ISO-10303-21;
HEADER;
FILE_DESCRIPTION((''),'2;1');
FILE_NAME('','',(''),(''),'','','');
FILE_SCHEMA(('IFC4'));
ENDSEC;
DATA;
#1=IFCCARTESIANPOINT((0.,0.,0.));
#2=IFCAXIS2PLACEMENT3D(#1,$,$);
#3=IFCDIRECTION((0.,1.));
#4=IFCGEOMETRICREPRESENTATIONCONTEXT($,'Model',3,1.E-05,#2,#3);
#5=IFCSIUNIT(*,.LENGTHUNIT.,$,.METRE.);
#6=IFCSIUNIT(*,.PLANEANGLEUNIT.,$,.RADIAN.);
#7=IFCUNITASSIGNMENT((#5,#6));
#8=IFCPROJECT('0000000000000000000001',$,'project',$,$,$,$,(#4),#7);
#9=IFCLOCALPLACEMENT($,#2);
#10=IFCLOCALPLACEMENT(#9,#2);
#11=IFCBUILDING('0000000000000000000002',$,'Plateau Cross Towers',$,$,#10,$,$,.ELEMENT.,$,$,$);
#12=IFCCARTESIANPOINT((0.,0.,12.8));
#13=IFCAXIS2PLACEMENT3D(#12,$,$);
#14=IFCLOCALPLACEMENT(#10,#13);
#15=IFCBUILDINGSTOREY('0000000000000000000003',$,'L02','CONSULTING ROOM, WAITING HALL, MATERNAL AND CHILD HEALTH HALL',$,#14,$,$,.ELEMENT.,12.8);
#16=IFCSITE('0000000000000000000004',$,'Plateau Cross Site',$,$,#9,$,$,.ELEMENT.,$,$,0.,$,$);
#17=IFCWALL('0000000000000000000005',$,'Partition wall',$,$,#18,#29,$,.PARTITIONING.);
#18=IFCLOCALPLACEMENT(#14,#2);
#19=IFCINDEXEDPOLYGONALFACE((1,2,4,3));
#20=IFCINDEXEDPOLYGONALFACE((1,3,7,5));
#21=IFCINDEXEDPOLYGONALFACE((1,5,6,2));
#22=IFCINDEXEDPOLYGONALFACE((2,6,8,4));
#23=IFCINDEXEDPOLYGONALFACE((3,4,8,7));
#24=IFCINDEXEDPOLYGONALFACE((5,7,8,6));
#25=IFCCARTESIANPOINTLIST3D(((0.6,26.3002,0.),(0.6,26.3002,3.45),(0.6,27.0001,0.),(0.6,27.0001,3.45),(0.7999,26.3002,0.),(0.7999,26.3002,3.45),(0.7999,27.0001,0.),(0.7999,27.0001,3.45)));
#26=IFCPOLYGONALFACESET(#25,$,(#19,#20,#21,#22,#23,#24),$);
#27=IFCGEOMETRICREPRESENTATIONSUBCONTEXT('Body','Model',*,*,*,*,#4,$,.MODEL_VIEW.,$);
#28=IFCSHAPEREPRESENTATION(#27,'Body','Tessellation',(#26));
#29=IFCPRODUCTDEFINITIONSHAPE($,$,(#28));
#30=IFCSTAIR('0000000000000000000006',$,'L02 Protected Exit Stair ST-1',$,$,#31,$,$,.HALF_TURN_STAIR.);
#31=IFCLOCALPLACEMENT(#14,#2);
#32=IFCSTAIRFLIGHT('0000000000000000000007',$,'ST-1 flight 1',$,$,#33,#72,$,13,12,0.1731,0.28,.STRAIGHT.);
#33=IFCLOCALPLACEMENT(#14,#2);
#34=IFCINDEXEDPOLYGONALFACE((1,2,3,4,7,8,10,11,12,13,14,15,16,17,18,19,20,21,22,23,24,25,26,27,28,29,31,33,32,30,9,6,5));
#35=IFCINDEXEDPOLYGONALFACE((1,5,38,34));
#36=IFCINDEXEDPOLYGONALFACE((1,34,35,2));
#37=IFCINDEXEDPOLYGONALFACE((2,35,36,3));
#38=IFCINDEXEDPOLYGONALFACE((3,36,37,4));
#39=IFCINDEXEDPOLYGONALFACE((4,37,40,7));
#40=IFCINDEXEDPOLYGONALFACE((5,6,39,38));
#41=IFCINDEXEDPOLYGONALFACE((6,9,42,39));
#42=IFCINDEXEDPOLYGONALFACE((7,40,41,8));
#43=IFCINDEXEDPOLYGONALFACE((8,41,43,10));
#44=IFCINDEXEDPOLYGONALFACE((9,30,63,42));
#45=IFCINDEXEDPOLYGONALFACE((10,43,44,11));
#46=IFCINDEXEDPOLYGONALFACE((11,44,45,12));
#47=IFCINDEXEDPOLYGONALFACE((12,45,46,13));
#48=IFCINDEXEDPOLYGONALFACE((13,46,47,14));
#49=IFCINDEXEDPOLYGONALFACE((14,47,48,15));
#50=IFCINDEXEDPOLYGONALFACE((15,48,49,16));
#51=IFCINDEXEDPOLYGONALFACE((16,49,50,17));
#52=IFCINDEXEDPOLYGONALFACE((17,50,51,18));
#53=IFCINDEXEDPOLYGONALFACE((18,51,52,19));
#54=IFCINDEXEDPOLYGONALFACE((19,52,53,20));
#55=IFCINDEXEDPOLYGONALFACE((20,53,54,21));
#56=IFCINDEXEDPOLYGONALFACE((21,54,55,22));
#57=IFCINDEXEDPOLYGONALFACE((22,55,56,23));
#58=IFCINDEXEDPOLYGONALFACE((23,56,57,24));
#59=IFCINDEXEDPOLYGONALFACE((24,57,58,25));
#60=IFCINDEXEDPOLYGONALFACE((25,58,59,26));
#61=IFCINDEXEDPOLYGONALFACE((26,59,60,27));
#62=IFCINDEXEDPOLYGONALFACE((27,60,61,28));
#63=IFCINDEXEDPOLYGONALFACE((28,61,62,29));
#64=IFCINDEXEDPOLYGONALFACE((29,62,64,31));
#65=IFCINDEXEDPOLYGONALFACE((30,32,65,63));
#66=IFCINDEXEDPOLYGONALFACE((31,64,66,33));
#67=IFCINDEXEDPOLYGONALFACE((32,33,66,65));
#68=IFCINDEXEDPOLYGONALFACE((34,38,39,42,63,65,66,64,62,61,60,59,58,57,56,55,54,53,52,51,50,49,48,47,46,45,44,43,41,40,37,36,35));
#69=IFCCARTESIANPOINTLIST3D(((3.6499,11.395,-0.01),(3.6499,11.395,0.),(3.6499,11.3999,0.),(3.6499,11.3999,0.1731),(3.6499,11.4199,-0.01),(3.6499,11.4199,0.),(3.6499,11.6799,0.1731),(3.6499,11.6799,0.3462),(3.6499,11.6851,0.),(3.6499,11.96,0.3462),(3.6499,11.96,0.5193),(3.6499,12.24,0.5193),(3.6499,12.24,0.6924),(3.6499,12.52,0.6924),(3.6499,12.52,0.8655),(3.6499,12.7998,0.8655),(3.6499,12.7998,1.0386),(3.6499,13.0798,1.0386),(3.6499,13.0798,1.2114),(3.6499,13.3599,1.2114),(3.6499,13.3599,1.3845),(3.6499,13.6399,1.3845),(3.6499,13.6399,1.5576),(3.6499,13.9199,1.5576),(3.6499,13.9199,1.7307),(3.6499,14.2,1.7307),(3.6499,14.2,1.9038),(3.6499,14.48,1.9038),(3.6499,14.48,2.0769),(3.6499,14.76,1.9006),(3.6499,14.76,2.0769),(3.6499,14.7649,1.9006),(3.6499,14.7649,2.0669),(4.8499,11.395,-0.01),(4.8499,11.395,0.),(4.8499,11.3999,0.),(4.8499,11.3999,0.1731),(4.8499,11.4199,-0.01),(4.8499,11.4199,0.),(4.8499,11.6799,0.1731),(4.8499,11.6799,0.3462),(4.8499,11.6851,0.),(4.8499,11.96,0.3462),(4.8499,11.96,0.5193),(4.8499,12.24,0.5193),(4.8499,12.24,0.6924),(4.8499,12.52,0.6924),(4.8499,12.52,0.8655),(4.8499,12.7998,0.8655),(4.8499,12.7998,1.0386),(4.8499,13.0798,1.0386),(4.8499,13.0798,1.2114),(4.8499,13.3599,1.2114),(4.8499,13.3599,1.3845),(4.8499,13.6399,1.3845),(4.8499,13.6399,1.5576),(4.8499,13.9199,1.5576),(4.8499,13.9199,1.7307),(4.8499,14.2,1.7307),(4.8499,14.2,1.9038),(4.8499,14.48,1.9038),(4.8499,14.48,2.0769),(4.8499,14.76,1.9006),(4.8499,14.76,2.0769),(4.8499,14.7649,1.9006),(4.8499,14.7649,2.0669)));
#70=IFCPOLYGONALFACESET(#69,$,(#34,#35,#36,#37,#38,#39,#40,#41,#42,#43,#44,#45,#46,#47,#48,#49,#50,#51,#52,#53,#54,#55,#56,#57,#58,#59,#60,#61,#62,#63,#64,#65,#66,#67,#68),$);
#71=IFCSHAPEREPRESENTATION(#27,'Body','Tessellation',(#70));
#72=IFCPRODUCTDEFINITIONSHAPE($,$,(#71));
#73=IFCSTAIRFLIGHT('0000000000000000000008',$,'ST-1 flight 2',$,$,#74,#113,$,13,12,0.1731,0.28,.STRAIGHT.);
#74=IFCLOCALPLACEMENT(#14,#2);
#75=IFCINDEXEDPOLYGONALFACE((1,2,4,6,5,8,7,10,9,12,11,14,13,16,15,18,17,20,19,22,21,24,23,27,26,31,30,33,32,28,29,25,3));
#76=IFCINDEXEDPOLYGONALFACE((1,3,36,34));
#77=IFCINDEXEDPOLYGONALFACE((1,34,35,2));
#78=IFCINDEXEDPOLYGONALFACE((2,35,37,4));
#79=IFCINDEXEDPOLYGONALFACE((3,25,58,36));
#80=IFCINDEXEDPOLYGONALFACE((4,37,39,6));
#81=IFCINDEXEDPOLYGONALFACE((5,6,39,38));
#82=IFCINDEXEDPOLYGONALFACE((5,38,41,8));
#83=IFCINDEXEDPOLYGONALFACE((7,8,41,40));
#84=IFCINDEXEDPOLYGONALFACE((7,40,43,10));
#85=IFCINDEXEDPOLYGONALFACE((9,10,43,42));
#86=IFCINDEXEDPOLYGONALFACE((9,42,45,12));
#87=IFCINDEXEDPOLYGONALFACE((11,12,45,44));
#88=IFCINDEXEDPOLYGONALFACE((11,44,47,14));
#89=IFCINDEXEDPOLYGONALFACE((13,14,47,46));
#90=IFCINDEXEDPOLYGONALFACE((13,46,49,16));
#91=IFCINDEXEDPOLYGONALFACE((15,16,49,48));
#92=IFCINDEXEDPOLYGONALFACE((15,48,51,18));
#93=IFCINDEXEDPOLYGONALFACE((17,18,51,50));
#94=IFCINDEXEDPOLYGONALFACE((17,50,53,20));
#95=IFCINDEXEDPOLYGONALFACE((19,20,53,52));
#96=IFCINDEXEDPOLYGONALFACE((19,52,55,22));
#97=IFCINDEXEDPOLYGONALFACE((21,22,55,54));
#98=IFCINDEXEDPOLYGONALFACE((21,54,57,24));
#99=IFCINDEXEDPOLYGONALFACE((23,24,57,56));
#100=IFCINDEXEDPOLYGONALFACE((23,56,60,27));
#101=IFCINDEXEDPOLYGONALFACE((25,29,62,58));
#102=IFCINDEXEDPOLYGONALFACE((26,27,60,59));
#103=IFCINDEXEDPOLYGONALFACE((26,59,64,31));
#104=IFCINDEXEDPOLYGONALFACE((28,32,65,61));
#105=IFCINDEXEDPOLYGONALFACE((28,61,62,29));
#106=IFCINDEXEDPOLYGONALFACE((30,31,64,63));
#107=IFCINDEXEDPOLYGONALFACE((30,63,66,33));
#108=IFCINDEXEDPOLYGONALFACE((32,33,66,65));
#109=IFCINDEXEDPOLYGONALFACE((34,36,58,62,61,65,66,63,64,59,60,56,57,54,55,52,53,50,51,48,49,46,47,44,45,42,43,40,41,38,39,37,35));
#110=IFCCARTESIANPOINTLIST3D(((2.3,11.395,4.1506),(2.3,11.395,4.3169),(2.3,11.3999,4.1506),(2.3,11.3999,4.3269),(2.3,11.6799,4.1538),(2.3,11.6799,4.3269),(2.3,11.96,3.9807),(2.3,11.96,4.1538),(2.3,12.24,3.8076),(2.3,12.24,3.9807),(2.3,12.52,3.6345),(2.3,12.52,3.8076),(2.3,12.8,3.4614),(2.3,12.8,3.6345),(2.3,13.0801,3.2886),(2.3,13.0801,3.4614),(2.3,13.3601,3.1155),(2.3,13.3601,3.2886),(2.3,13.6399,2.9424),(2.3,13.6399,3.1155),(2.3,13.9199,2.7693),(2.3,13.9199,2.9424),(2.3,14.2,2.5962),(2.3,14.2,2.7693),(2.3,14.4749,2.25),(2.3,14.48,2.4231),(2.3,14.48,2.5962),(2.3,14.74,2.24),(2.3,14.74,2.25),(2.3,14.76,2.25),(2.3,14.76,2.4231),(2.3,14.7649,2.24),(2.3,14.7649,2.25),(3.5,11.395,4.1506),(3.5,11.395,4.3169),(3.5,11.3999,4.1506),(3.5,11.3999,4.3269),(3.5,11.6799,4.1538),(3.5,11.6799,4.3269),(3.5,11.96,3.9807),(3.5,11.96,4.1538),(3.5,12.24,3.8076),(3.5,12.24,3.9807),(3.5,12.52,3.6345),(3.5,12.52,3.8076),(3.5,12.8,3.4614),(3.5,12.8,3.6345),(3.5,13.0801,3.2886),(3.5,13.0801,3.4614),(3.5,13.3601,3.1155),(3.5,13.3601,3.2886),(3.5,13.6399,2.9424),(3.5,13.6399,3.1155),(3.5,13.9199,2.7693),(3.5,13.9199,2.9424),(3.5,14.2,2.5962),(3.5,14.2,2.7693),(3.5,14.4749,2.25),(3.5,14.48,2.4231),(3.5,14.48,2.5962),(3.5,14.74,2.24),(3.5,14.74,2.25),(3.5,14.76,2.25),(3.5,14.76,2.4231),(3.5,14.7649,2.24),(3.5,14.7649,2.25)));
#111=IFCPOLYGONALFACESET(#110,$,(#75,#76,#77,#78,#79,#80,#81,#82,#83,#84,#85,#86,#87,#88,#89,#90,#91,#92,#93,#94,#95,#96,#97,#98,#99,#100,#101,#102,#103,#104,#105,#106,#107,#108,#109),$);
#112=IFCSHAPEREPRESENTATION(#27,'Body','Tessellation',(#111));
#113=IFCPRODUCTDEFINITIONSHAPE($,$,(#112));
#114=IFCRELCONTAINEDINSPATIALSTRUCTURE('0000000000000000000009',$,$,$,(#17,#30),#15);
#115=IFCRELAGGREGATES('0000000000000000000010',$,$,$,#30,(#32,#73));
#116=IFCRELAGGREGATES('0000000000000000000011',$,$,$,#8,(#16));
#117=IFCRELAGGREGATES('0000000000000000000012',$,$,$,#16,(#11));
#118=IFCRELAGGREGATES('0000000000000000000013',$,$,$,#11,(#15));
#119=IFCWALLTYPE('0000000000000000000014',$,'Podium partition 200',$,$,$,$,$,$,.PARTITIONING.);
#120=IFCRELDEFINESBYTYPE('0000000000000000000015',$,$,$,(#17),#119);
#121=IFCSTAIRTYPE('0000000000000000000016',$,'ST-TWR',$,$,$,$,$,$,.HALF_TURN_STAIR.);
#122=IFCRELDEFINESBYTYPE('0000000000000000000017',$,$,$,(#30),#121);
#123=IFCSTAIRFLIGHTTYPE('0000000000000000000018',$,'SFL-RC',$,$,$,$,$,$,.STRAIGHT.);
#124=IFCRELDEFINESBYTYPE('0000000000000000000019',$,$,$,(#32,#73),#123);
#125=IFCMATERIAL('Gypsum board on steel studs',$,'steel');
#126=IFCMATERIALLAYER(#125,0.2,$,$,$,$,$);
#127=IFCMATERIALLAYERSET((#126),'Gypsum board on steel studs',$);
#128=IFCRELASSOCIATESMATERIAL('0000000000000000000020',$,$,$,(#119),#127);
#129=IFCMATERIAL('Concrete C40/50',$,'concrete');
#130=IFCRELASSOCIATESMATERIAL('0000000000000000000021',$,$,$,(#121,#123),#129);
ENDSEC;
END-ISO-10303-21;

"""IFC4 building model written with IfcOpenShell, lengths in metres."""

from ifc_helpers import new_model, si_unit, direction, frame, frame_2d, origin, place, context, subcontext, project, spatial, polyline, rectangle, outline, extrude, material, layer, layer_set, type_object, element, aggregate, save


model = new_model("IFC4")

# Units and contexts
model_context = context("Model", 3, precision=1e-05, world=origin(), true_north=direction((0.0, 1.0)))
body_context = subcontext(model_context, "Body", "Model", "MODEL_VIEW")
ifc_project = project(units=[si_unit("LENGTHUNIT", "METRE"), si_unit("PLANEANGLEUNIT", "RADIAN")], contexts=[model_context])

# Site, building, storey
site_placement = place(None, origin())
site = spatial("IfcSite", under=ifc_project, at=site_placement, Name="Plateau Cross Site", CompositionType="ELEMENT", RefElevation=0.0)
building_placement = place(site_placement, origin())
building = spatial("IfcBuilding", under=site, at=building_placement, Name="Plateau Cross Towers", CompositionType="ELEMENT")
storey_placement = place(building_placement, frame((0.0, 0.0, 12.8)))
storey = spatial("IfcBuildingStorey", under=building, at=storey_placement, Name="L02", Description="CONSULTING ROOM, WAITING HALL, MATERNAL AND CHILD HEALTH HALL", CompositionType="ELEMENT", Elevation=12.8)

# Shared definitions
ifc_material_1 = material(Name="Gypsum board on steel studs", Category="steel")
ifc_layer_1 = layer(ifc_material_1, 0.2)
ifc_layer_set_1 = layer_set([ifc_layer_1], Name="Gypsum board on steel studs")
wall_type_1 = type_object("IfcWallType", Name="Podium partition 200", PredefinedType="PARTITIONING", material=ifc_layer_set_1)

# Wall
wall_1_placement = place(storey_placement, frame((0.7, 26.3, 0.0), z_axis=(0.0, 0.0, 1.0), x_axis=(0.0, 1.0, 0.0)))
element("IfcWall", 1, at=wall_1_placement, inside=storey, type_object=wall_type_1, Name="Partition wall", PredefinedType="PARTITIONING", context=body_context, shape_type="SweptSolid", body=[
    extrude(rectangle(XDim=0.7, YDim=0.2, at=frame_2d((0.3501, 0.0))), origin(), (0.0, 0.0, 1.0), 3.45),
])

# Stair, stair flights
ifc_material_2 = material(Name="Concrete C40/50", Category="concrete")
stair_type = type_object("IfcStairType", Name="ST-TWR", PredefinedType="HALF_TURN_STAIR", material=ifc_material_2)
stair_placement = place(storey_placement, origin())
stair = element("IfcStair", 2, at=stair_placement, inside=storey, type_object=stair_type, Name="L02 Protected Exit Stair ST-1", PredefinedType="HALF_TURN_STAIR")
stair_flight_type = type_object("IfcStairFlightType", Name="SFL-RC", PredefinedType="STRAIGHT", material=ifc_material_2)
stair_flight_1_placement = place(storey_placement, frame((4.25, 11.3999, 0.0), z_axis=(0.0, 0.0, 1.0), x_axis=(0.0, 1.0, 0.0)))
stair_flight_1 = element("IfcStairFlight", 3, at=stair_flight_1_placement, type_object=stair_flight_type, Name="ST-1 flight 1", NumberOfRisers=13, NumberOfTreads=12, PredefinedType="STRAIGHT", RiserHeight=0.1731, TreadLength=0.28, context=body_context, shape_type="SweptSolid", body=[
    extrude(outline(polyline([(-0.0049, -0.01), (-0.0049, 0.0), (0.0, 0.0), (0.0, 0.1731), (0.28, 0.1731), (0.28, 0.3462), (0.5601, 0.3462), (0.5601, 0.5193), (0.8401, 0.5193), (0.8401, 0.6924), (1.1201, 0.6924), (1.1201, 0.8655), (1.3999, 0.8655), (1.3999, 1.0386), (1.6799, 1.0386), (1.6799, 1.2114), (1.96, 1.2114), (1.96, 1.3845), (2.24, 1.3845), (2.24, 1.5576), (2.52, 1.5576), (2.52, 1.7307), (2.8, 1.7307), (2.8, 1.9038), (3.0801, 1.9038), (3.0801, 2.0769), (3.3601, 2.0769), (3.365, 2.0669), (3.365, 1.9006), (3.3601, 1.9006), (0.2852, 0.0), (0.02, 0.0), (0.02, -0.01), (-0.0049, -0.01)])), frame((0.0, 0.6001, 0.0), z_axis=(0.0, -1.0, 0.0), x_axis=(1.0, 0.0, 0.0)), (0.0, 0.0, 1.0), 1.2),
])
stair_flight_2_placement = place(storey_placement, frame((2.8999, 14.76, 2.25), z_axis=(0.0, 0.0, 1.0), x_axis=(0.0, -1.0, 0.0)))
stair_flight_2 = element("IfcStairFlight", 4, at=stair_flight_2_placement, type_object=stair_flight_type, Name="ST-1 flight 2", NumberOfRisers=13, NumberOfTreads=12, PredefinedType="STRAIGHT", RiserHeight=0.1731, TreadLength=0.28, context=body_context, shape_type="SweptSolid", body=[
    extrude(outline(polyline([(-0.0049, -0.01), (-0.0049, 0.0), (0.0, 0.0), (0.0, 0.1731), (0.28, 0.1731), (0.28, 0.3462), (0.5601, 0.3462), (0.5601, 0.5193), (0.8401, 0.5193), (0.8401, 0.6924), (1.1201, 0.6924), (1.1201, 0.8655), (1.3999, 0.8655), (1.3999, 1.0386), (1.6799, 1.0386), (1.6799, 1.2114), (1.96, 1.2114), (1.96, 1.3845), (2.24, 1.3845), (2.24, 1.5576), (2.52, 1.5576), (2.52, 1.7307), (2.8, 1.7307), (2.8, 1.9038), (3.0801, 1.9038), (3.0801, 2.0769), (3.3601, 2.0769), (3.365, 2.0669), (3.365, 1.9006), (3.3601, 1.9006), (0.2852, 0.0), (0.02, 0.0), (0.02, -0.01), (-0.0049, -0.01)])), frame((0.0, 0.6001, 0.0), z_axis=(0.0, -1.0, 0.0), x_axis=(1.0, 0.0, 0.0)), (0.0, 0.0, 1.0), 1.2),
])
aggregate(stair, [stair_flight_1, stair_flight_2])

save(model, "model.ifc")
